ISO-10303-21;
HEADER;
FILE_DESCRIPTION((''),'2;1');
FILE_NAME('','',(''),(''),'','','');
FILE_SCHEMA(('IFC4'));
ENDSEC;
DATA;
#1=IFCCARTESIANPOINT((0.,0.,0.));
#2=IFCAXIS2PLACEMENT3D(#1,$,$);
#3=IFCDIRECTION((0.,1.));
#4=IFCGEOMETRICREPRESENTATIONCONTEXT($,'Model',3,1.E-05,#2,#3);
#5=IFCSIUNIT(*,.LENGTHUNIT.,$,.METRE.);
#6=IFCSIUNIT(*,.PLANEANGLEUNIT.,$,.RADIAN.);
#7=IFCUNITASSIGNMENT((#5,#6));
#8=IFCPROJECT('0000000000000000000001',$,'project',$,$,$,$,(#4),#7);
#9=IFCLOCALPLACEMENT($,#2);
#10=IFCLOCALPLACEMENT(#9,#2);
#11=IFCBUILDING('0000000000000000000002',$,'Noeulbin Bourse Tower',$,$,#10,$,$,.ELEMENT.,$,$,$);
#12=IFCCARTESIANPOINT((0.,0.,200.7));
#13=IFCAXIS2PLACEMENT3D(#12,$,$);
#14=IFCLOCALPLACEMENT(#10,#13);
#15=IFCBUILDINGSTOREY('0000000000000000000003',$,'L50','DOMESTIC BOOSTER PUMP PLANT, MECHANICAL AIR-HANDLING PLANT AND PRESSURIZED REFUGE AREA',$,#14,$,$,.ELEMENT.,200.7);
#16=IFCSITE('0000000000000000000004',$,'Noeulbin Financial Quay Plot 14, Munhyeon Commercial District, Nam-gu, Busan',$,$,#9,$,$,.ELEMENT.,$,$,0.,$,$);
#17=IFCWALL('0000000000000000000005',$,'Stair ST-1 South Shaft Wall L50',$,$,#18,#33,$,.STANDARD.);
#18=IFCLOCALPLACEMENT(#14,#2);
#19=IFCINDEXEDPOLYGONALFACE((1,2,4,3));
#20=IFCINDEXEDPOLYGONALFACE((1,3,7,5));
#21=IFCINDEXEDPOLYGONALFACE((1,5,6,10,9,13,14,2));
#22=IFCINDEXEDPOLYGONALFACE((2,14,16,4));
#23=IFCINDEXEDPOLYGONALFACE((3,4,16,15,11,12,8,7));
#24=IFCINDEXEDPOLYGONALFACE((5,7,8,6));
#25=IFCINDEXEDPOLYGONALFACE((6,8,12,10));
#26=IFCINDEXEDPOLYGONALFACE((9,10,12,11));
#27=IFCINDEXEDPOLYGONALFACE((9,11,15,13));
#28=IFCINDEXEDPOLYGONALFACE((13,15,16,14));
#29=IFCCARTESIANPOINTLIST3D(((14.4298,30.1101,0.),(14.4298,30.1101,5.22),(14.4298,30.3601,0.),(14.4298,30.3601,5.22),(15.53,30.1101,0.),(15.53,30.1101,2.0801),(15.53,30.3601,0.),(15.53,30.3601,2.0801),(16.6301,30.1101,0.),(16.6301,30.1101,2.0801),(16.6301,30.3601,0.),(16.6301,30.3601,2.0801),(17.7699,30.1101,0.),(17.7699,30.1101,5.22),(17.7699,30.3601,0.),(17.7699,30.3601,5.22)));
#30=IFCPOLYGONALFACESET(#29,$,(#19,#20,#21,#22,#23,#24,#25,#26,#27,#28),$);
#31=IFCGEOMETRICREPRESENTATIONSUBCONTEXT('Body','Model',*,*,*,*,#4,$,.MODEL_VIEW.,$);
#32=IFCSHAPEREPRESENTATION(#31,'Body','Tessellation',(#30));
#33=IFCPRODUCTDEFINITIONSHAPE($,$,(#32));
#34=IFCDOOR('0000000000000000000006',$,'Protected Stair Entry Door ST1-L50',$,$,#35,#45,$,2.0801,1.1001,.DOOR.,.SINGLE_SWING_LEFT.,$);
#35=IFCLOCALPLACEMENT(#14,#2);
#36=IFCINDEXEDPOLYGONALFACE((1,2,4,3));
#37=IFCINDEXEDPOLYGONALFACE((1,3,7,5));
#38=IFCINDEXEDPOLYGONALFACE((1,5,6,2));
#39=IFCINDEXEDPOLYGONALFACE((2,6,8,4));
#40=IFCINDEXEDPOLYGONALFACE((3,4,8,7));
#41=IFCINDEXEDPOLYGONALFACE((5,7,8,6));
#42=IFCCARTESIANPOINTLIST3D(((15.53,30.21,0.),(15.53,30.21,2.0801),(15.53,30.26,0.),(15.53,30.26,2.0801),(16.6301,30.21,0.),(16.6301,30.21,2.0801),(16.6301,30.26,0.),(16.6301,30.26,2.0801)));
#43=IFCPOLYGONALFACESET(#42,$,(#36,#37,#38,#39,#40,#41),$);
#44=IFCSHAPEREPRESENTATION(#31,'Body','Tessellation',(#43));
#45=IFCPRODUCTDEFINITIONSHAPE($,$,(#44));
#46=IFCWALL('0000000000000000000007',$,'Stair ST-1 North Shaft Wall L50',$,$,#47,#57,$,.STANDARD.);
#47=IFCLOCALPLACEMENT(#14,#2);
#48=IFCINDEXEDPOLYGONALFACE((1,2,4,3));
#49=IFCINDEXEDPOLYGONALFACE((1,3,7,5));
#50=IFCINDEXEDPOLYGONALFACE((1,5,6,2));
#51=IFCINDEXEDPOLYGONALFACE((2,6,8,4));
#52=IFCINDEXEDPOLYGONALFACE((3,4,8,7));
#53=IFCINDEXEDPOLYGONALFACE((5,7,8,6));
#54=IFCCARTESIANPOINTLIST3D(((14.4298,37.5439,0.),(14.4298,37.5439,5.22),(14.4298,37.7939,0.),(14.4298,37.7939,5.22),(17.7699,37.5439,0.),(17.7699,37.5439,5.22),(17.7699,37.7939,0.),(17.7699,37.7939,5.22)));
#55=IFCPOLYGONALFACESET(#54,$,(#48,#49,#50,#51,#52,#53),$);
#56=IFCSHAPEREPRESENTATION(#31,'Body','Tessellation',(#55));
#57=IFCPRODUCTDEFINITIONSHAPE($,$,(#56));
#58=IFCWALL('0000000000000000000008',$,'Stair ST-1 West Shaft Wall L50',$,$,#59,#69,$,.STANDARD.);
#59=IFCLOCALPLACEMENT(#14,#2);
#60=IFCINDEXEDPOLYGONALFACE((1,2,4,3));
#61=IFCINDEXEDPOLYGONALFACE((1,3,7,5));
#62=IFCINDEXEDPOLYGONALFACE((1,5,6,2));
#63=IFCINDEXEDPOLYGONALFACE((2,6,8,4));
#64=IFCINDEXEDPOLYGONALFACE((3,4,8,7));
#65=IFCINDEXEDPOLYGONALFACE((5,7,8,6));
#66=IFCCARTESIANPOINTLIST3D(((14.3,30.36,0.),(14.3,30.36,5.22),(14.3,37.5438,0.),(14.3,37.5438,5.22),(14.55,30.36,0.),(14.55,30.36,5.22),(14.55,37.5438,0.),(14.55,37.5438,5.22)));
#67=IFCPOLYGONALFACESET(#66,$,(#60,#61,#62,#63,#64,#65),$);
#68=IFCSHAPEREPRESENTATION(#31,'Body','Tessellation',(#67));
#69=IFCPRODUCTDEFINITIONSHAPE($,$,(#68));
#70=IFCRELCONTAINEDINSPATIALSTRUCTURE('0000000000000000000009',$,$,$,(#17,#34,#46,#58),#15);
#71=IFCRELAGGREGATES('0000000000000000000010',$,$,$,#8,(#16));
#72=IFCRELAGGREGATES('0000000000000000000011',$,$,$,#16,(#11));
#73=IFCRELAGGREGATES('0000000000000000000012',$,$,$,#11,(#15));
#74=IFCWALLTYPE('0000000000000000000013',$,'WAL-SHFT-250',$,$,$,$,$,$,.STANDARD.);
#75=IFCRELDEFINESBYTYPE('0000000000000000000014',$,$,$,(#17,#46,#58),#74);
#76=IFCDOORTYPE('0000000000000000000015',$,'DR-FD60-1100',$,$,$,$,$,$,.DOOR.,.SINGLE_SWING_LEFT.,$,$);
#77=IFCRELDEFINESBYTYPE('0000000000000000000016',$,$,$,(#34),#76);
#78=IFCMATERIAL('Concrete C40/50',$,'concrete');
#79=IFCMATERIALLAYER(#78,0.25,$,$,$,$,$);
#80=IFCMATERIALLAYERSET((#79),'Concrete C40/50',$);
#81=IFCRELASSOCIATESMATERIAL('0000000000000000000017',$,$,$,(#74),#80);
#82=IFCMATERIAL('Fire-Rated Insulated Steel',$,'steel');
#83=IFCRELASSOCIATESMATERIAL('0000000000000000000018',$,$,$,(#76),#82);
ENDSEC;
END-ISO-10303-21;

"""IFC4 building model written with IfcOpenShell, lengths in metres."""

from ifc_helpers import new_model, si_unit, direction, frame, frame_2d, origin, place, context, subcontext, project, spatial, rectangle, extrude, material, layer, layer_set, type_object, element, fill, save


model = new_model("IFC4")

# Units and contexts
model_context = context("Model", 3, precision=1e-05, world=origin(), true_north=direction((0.0, 1.0)))
body_context = subcontext(model_context, "Body", "Model", "MODEL_VIEW")
ifc_project = project(units=[si_unit("LENGTHUNIT", "METRE"), si_unit("PLANEANGLEUNIT", "RADIAN")], contexts=[model_context])

# Site, building, storey
site_placement = place(None, origin())
site = spatial("IfcSite", under=ifc_project, at=site_placement, Name="Noeulbin Financial Quay Plot 14, Munhyeon Commercial District, Nam-gu, Busan", CompositionType="ELEMENT", RefElevation=0.0)
building_placement = place(site_placement, origin())
building = spatial("IfcBuilding", under=site, at=building_placement, Name="Noeulbin Bourse Tower", CompositionType="ELEMENT")
storey_placement = place(building_placement, frame((0.0, 0.0, 200.7)))
storey = spatial("IfcBuildingStorey", under=building, at=storey_placement, Name="L50", Description="DOMESTIC BOOSTER PUMP PLANT, MECHANICAL AIR-HANDLING PLANT AND PRESSURIZED REFUGE AREA", CompositionType="ELEMENT", Elevation=200.7)

# Shared definitions
ifc_material_1 = material(Name="Concrete C40/50", Category="concrete")

# Wall, opening, door
ifc_layer_1 = layer(ifc_material_1, 0.25)
ifc_layer_set_1 = layer_set([ifc_layer_1], Name="Concrete C40/50")
wall_type_1 = type_object("IfcWallType", Name="WAL-SHFT-250", PredefinedType="STANDARD", material=ifc_layer_set_1)
wall_1_placement = place(storey_placement, frame((14.4299, 30.2351, 0.0), z_axis=(0.0, 0.0, 1.0), x_axis=(1.0, 0.0, 0.0)))
wall_1 = element("IfcWall", 1, at=wall_1_placement, inside=storey, type_object=wall_type_1, Name="Stair ST-1 South Shaft Wall L50", PredefinedType="STANDARD", context=body_context, shape_type="SweptSolid", body=[
    extrude(rectangle(XDim=3.3401, YDim=0.25, at=frame_2d((1.6699, 0.0))), origin(), (0.0, 0.0, 1.0), 5.22),
])
opening_placement = place(wall_1_placement, frame((1.1001, 0.0, 0.0)))
opening = element("IfcOpeningElement", 2, at=opening_placement, cuts=wall_1, PredefinedType="OPENING", context=body_context, shape_type="SweptSolid", body=[
    extrude(rectangle(XDim=1.1001, YDim=2.0801, at=frame_2d((0.55, 1.04))), frame((0.0, 0.135, 0.0), z_axis=(0.0, -1.0, 0.0), x_axis=(1.0, 0.0, 0.0)), (0.0, 0.0, 1.0), 0.27),
])
ifc_material_2 = material(Name="Fire-Rated Insulated Steel", Category="steel")
door_type = type_object("IfcDoorType", Name="DR-FD60-1100", OperationType="SINGLE_SWING_LEFT", PredefinedType="DOOR", material=ifc_material_2)
door_placement = place(opening_placement, origin())
door = element("IfcDoor", 3, at=door_placement, inside=storey, type_object=door_type, Name="Protected Stair Entry Door ST1-L50", OperationType="SINGLE_SWING_LEFT", OverallHeight=2.0801, OverallWidth=1.1001, PredefinedType="DOOR", context=body_context, shape_type="SweptSolid", body=[
    extrude(rectangle(XDim=1.1001, YDim=2.0801, at=frame_2d((0.55, 1.04))), frame((0.0, 0.0249, 0.0), z_axis=(0.0, -1.0, 0.0), x_axis=(1.0, 0.0, 0.0)), (0.0, 0.0, 1.0), 0.05),
])
fill(opening, door)

# Walls
wall_2_placement = place(storey_placement, frame((14.4299, 37.6689, 0.0), z_axis=(0.0, 0.0, 1.0), x_axis=(1.0, 0.0, 0.0)))
element("IfcWall", 4, at=wall_2_placement, inside=storey, type_object=wall_type_1, Name="Stair ST-1 North Shaft Wall L50", PredefinedType="STANDARD", context=body_context, shape_type="SweptSolid", body=[
    extrude(rectangle(XDim=3.3401, YDim=0.25, at=frame_2d((1.6699, 0.0))), origin(), (0.0, 0.0, 1.0), 5.22),
])
wall_3_placement = place(storey_placement, frame((14.425, 30.3601, 0.0), z_axis=(0.0, 0.0, 1.0), x_axis=(0.0, 1.0, 0.0)))
element("IfcWall", 5, at=wall_3_placement, inside=storey, type_object=wall_type_1, Name="Stair ST-1 West Shaft Wall L50", PredefinedType="STANDARD", context=body_context, shape_type="SweptSolid", body=[
    extrude(rectangle(XDim=7.1838, YDim=0.25, at=frame_2d((3.5918, 0.0))), origin(), (0.0, 0.0, 1.0), 5.22),
])

save(model, "model.ifc")
